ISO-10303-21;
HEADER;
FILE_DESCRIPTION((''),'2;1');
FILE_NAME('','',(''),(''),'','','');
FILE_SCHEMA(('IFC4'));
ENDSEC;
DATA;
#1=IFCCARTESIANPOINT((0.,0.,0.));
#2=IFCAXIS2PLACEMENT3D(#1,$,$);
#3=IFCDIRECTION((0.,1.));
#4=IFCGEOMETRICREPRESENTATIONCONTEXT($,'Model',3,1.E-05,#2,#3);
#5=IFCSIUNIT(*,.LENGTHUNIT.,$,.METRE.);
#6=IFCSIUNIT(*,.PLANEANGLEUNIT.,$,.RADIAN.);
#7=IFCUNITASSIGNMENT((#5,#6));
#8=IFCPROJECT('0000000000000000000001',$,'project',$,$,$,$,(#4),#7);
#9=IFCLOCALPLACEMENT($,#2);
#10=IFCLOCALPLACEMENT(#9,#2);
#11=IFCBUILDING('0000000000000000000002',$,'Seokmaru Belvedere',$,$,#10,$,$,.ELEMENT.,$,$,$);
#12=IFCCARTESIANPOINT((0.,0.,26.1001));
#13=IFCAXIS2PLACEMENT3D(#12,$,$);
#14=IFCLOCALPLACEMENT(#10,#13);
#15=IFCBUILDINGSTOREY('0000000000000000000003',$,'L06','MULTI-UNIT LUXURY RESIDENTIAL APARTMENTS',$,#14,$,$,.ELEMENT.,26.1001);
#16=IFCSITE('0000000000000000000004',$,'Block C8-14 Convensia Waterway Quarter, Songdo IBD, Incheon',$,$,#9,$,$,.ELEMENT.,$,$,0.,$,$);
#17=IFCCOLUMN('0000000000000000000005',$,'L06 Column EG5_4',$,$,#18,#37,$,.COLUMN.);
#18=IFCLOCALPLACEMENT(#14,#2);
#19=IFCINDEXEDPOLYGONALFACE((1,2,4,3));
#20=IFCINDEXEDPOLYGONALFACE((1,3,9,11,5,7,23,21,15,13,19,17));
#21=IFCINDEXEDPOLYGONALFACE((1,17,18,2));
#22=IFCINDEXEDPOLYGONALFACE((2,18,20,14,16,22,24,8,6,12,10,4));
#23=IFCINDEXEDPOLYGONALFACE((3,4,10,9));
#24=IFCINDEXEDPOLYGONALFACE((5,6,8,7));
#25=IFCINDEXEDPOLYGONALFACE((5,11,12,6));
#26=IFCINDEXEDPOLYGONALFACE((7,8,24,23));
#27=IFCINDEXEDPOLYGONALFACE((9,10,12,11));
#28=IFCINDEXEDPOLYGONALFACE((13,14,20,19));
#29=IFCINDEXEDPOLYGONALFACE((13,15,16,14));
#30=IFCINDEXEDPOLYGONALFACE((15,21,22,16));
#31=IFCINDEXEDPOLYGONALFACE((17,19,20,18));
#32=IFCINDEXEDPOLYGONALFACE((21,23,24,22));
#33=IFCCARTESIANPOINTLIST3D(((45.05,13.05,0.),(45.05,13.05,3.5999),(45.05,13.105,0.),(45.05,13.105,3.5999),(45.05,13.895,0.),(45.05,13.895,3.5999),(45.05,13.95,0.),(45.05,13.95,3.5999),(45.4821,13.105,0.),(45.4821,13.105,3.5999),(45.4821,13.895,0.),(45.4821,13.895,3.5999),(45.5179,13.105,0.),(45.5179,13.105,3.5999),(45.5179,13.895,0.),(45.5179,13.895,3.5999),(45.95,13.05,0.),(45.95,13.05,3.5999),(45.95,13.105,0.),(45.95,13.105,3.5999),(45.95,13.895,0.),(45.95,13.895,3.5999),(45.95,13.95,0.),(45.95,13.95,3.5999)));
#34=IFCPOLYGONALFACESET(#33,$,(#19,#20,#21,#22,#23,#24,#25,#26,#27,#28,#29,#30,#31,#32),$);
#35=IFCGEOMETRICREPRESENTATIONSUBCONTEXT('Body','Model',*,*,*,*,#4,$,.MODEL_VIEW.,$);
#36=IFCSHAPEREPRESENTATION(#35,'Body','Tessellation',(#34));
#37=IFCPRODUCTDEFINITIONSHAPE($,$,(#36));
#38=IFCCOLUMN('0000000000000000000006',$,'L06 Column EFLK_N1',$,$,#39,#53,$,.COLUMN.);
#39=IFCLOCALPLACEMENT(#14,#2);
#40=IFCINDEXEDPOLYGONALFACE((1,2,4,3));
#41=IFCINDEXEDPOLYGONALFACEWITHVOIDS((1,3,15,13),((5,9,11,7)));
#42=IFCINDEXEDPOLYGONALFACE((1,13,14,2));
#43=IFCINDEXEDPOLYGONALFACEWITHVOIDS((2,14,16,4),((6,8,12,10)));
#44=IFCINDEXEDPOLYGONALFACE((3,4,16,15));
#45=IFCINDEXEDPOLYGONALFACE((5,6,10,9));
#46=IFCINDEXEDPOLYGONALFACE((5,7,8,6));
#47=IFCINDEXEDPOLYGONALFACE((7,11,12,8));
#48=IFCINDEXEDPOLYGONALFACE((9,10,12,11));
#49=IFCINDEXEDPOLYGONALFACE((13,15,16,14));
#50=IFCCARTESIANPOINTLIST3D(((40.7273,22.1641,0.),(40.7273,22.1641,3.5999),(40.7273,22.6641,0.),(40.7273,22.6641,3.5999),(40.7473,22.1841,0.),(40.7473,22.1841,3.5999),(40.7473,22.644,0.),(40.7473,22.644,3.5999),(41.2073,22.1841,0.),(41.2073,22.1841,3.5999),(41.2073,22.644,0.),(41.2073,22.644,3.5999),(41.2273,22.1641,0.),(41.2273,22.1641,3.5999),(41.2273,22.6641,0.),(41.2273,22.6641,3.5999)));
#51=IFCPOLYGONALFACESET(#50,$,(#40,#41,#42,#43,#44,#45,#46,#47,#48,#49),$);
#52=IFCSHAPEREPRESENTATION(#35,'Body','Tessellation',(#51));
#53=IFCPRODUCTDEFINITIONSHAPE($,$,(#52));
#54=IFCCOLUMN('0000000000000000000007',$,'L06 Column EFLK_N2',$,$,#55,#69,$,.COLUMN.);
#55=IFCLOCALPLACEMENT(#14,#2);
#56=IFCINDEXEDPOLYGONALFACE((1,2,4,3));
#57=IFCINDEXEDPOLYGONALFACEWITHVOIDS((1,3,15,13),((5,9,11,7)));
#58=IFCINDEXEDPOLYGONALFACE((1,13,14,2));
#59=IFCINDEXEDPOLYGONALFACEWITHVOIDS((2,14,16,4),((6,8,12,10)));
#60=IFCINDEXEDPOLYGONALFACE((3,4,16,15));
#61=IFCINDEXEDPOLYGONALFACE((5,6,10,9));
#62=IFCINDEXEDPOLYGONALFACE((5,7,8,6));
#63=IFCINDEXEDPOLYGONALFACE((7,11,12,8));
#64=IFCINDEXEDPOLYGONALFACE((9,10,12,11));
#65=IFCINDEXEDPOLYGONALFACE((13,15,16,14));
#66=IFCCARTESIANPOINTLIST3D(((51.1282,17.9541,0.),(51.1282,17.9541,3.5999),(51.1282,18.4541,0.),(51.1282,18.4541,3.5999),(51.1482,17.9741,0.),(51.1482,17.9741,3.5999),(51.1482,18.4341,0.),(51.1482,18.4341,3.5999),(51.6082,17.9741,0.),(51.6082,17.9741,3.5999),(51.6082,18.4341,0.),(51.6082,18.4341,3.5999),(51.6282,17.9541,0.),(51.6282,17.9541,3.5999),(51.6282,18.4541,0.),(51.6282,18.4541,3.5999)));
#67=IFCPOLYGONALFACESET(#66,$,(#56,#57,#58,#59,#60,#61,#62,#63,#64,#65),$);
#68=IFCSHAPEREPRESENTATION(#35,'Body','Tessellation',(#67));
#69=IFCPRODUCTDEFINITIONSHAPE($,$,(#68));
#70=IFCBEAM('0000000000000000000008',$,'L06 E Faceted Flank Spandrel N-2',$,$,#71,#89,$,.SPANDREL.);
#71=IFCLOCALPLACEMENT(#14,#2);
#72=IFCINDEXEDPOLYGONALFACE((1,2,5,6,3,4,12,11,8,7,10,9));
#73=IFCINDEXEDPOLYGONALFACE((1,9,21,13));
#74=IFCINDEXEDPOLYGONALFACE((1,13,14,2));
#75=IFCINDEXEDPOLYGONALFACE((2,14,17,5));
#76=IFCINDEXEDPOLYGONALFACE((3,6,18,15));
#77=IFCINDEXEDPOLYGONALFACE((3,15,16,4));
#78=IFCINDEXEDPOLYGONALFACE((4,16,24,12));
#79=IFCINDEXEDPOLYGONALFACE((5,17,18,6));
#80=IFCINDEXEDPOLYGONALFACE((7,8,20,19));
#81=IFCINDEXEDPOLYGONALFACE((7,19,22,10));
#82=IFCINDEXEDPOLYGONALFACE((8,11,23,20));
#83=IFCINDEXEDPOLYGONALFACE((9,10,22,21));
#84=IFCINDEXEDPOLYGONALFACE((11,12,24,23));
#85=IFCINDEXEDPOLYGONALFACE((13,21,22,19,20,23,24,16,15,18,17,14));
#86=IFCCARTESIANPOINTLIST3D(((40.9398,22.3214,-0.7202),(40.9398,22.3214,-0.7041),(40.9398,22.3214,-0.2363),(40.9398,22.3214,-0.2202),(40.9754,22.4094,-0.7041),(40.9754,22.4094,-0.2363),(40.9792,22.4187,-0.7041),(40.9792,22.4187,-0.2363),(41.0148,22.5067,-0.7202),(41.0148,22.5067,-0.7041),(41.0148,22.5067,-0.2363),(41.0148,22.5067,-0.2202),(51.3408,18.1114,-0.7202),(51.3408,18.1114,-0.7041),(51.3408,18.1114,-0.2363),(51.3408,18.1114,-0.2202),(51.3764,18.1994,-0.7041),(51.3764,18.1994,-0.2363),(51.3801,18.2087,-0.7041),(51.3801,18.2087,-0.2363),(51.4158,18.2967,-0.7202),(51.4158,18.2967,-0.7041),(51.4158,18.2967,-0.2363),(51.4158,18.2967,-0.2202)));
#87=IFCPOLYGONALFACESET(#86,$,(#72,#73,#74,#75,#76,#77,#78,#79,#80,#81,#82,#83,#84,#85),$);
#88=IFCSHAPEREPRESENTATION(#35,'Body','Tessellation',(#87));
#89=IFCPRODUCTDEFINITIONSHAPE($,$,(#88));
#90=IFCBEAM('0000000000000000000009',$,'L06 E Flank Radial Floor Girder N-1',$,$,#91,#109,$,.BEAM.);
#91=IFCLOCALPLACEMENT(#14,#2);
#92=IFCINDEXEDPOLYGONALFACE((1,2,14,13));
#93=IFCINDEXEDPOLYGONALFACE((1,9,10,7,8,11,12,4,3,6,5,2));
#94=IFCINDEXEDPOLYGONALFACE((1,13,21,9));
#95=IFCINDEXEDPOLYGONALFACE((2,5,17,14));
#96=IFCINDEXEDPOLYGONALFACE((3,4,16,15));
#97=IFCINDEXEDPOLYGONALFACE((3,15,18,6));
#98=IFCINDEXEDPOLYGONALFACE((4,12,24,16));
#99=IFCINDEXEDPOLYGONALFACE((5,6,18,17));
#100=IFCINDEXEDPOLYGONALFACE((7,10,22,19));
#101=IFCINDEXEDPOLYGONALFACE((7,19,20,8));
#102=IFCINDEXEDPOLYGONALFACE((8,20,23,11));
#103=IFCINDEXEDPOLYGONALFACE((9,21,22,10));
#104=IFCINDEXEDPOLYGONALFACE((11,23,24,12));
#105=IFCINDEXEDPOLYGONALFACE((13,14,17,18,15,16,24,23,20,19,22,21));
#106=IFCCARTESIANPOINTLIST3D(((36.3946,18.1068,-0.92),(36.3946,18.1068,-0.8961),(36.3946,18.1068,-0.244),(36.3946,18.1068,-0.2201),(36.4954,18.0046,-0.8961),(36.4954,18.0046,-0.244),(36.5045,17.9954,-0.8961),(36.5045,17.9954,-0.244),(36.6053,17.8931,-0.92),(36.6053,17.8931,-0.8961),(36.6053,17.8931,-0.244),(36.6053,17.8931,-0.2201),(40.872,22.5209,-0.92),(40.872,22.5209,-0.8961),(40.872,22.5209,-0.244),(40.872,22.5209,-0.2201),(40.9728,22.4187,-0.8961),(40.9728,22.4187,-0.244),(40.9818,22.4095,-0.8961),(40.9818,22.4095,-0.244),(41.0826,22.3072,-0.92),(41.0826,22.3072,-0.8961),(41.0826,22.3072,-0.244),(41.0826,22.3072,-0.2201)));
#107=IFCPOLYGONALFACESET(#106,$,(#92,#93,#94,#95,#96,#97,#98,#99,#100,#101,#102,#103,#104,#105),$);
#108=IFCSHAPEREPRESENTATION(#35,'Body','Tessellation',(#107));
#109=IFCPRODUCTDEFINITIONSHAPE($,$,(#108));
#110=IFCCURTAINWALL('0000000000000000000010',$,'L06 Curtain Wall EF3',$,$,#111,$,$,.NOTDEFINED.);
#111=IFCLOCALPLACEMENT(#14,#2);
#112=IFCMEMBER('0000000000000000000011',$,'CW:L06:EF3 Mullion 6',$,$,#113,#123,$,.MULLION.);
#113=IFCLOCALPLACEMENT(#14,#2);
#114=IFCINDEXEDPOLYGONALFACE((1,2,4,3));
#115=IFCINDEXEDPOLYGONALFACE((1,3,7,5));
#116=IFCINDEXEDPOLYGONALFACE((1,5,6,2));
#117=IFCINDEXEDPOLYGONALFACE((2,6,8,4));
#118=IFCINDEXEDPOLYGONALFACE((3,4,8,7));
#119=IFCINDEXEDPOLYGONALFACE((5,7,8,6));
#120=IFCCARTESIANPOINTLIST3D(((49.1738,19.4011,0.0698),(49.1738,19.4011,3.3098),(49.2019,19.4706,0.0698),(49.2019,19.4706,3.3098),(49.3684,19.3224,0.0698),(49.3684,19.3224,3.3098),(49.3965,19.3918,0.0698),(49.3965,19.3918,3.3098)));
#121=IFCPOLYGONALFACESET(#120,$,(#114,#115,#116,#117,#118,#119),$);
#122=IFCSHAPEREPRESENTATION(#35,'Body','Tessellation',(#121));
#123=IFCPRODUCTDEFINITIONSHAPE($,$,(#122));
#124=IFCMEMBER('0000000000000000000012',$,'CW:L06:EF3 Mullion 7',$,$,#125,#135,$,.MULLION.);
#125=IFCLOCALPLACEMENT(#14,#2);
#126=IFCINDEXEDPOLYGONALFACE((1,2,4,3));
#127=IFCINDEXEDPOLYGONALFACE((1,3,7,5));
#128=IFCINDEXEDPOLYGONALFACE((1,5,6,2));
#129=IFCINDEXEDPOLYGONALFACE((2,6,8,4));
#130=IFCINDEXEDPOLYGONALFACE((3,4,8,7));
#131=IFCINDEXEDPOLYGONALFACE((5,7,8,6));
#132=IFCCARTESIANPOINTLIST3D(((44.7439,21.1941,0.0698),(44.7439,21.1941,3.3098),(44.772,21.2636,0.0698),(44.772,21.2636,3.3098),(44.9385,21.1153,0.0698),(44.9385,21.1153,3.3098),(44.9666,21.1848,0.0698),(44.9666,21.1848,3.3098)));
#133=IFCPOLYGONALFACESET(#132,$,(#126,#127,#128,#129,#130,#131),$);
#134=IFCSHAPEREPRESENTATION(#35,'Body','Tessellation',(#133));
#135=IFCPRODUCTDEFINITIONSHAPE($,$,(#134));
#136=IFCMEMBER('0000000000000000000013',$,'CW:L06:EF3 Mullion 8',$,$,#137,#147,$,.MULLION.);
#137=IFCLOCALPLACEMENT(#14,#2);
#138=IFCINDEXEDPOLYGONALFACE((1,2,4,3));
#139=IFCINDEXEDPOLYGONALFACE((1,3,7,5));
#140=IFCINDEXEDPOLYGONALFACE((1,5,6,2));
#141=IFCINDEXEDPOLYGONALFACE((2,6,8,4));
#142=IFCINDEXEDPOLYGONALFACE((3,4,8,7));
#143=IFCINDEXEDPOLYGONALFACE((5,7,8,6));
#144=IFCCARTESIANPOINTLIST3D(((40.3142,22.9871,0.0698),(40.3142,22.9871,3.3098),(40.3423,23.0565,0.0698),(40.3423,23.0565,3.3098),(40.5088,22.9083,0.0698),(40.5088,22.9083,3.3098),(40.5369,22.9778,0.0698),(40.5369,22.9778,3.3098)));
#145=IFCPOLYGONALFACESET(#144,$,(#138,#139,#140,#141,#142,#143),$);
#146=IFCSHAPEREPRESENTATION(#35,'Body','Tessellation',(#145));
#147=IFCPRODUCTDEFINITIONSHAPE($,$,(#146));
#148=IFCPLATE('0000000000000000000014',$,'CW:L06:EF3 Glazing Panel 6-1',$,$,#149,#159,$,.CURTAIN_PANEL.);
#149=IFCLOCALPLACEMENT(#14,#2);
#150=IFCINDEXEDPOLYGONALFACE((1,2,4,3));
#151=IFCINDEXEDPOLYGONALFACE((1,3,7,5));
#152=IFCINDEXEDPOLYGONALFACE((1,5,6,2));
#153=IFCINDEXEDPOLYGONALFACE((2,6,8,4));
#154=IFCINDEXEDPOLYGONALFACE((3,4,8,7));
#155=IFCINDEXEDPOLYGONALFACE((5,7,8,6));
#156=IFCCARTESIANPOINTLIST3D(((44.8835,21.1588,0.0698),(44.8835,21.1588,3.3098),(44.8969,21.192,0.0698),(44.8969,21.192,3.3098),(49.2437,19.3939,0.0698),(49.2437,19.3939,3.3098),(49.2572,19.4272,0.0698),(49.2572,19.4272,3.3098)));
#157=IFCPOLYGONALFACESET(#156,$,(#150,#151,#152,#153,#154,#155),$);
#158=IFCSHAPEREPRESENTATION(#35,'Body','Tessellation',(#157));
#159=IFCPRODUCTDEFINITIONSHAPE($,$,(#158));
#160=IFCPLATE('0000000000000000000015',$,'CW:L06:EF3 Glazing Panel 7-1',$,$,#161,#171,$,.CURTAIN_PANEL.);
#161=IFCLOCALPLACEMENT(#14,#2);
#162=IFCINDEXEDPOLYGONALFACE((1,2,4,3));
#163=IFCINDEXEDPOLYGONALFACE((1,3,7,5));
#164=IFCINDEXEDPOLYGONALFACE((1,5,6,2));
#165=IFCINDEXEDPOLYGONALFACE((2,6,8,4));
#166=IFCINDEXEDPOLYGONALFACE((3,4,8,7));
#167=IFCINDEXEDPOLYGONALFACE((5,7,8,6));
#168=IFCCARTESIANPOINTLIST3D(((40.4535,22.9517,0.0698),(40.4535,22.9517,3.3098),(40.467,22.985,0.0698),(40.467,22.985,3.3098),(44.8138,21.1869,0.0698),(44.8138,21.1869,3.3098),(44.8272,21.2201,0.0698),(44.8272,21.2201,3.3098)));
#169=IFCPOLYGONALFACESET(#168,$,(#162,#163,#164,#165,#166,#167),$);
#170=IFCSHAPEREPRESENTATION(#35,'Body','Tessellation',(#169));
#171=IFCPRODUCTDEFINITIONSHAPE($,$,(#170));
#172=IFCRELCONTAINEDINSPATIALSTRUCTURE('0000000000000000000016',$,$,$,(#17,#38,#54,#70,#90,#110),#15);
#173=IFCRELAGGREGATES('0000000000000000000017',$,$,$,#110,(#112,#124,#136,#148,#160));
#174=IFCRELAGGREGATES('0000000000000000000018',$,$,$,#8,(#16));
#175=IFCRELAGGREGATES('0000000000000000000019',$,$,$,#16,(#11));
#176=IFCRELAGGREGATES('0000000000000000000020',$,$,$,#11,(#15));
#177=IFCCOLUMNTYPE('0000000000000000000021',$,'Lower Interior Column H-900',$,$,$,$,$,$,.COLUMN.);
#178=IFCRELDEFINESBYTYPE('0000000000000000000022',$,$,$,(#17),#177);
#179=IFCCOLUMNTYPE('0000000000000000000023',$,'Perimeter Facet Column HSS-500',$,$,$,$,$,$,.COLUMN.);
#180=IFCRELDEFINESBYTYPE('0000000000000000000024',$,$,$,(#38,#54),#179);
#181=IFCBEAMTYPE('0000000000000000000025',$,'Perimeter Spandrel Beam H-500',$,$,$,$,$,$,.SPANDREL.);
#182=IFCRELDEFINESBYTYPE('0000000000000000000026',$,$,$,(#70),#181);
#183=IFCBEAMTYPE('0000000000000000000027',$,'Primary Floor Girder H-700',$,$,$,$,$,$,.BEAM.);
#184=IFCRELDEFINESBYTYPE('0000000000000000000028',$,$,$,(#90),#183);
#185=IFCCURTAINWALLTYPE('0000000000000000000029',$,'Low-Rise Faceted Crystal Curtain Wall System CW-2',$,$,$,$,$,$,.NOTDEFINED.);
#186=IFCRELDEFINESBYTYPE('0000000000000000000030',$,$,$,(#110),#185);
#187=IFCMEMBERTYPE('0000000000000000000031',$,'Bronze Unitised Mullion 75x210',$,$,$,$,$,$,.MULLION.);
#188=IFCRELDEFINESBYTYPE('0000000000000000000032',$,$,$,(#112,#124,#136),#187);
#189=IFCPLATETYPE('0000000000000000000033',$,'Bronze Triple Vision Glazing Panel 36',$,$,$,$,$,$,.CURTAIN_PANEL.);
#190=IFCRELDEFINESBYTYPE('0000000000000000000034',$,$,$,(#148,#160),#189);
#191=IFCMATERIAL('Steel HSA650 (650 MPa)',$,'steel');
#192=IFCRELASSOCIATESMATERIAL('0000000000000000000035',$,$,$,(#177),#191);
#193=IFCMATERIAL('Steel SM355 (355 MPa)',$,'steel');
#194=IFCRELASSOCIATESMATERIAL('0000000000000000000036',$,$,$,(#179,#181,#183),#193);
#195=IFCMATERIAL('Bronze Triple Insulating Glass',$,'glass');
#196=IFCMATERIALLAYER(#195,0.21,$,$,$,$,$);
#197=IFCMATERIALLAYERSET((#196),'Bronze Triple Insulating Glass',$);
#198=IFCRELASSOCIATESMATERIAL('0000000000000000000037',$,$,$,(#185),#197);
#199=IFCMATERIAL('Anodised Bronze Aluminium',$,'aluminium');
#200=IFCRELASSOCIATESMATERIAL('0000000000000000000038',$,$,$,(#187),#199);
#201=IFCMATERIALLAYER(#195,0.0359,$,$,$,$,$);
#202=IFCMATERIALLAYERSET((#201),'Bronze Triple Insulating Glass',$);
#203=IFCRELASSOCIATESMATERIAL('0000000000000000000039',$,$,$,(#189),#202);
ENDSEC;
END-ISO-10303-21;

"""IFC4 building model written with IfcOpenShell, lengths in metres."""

from ifc_helpers import new_model, si_unit, direction, frame, origin, origin_2d, place, context, subcontext, project, spatial, rectangle, hollow_rectangle, i_section, extrude, source, transform, mapped, material, layer, layer_set, material_profile, profile_set, type_object, type_shapes, element, aggregate, save


model = new_model("IFC4")

# Units and contexts
model_context = context("Model", 3, precision=1e-05, world=origin(), true_north=direction((0.0, 1.0)))
body_context = subcontext(model_context, "Body", "Model", "MODEL_VIEW")
ifc_project = project(units=[si_unit("LENGTHUNIT", "METRE"), si_unit("PLANEANGLEUNIT", "RADIAN")], contexts=[model_context])

# Site, building, storey
site_placement = place(None, origin())
site = spatial("IfcSite", under=ifc_project, at=site_placement, Name="Block C8-14 Convensia Waterway Quarter, Songdo IBD, Incheon", CompositionType="ELEMENT", RefElevation=0.0)
building_placement = place(site_placement, origin())
building = spatial("IfcBuilding", under=site, at=building_placement, Name="Seokmaru Belvedere", CompositionType="ELEMENT")
storey_placement = place(building_placement, frame((0.0, 0.0, 26.1001)))
storey = spatial("IfcBuildingStorey", under=building, at=storey_placement, Name="L06", Description="MULTI-UNIT LUXURY RESIDENTIAL APARTMENTS", CompositionType="ELEMENT", Elevation=26.1001)

# Columns
ifc_material_1 = material(Name="Steel HSA650 (650 MPa)", Category="steel")
ifc_material_profile_1 = material_profile(ifc_material_1, i_section(OverallWidth=0.8999, OverallDepth=0.8999, WebThickness=0.0359, FlangeThickness=0.0549, at=origin_2d()), Name="H-900x900x36x55")
ifc_profile_set_1 = profile_set([ifc_material_profile_1], Name="Steel HSA650 (650 MPa)")
column_type_1 = type_object("IfcColumnType", Name="Lower Interior Column H-900", PredefinedType="COLUMN", material=ifc_profile_set_1)
shared_shape_1 = source(origin(), body_context, "Body", "SweptSolid", [
    extrude(i_section(OverallWidth=0.8999, OverallDepth=0.8999, WebThickness=0.0359, FlangeThickness=0.0549, at=origin_2d()), origin(), (0.0, 0.0, 1.0), 3.5999),
])
type_shapes(column_type_1, [shared_shape_1])
column_placement = place(storey_placement, frame((45.5, 13.5, 0.0), z_axis=(0.0, 0.0, 1.0), x_axis=(1.0, 0.0, 0.0)))
element("IfcColumn", 1, at=column_placement, inside=storey, type_object=column_type_1, Name="L06 Column EG5_4", PredefinedType="COLUMN", context=body_context, shape_type="MappedRepresentation", body=[
    mapped(shared_shape_1, transform((0.0, 0.0, 0.0), scale=1.0)),
])
ifc_material_2 = material(Name="Steel SM355 (355 MPa)", Category="steel")
ifc_material_profile_2 = material_profile(ifc_material_2, hollow_rectangle(XDim=0.5, YDim=0.5, WallThickness=0.02, at=origin_2d()), Name="HSS-500x500x20")
ifc_profile_set_2 = profile_set([ifc_material_profile_2], Name="Steel SM355 (355 MPa)")
column_type_2 = type_object("IfcColumnType", Name="Perimeter Facet Column HSS-500", PredefinedType="COLUMN", material=ifc_profile_set_2)
shared_shape_2 = source(origin(), body_context, "Body", "SweptSolid", [
    extrude(hollow_rectangle(XDim=0.5, YDim=0.5, WallThickness=0.02, at=origin_2d()), origin(), (0.0, 0.0, 1.0), 3.5999),
])
type_shapes(column_type_2, [shared_shape_2])
for number, where, z_axis, x_axis, name in (
    (2, (40.9773, 22.4141, 0.0), (0.0, 0.0, 1.0), (1.0, 0.0, 0.0), "L06 Column EFLK_N1"),
    (3, (51.3782, 18.2041, 0.0), (0.0, 0.0, 1.0), (1.0, 0.0, 0.0), "L06 Column EFLK_N2"),
):
    element("IfcColumn", number, at=place(storey_placement, frame(where, z_axis=z_axis, x_axis=x_axis)), inside=storey, type_object=column_type_2, Name=name, PredefinedType="COLUMN", context=body_context, shape_type="MappedRepresentation", body=[
        mapped(shared_shape_2, transform((0.0, 0.0, 0.0), scale=1.0)),
    ])

# Beams
ifc_material_profile_3 = material_profile(ifc_material_2, i_section(OverallWidth=0.2, OverallDepth=0.5, WebThickness=0.01, FlangeThickness=0.0161, at=origin_2d()), Name="H-500x200x10x16")
ifc_profile_set_3 = profile_set([ifc_material_profile_3], Name="Steel SM355 (355 MPa)")
beam_type_1 = type_object("IfcBeamType", Name="Perimeter Spandrel Beam H-500", PredefinedType="SPANDREL", material=ifc_profile_set_3)
shared_shape_3 = source(origin(), body_context, "Body", "SweptSolid", [
    extrude(i_section(OverallWidth=0.2, OverallDepth=0.5, WebThickness=0.01, FlangeThickness=0.0161, at=origin_2d()), origin(), (0.0, 0.0, 1.0), 11.2207),
])
type_shapes(beam_type_1, [shared_shape_3])
beam_1_placement = place(storey_placement, frame((40.9773, 22.4141, -0.4702), z_axis=(0.926944, -0.375199, 0.0), x_axis=(0.375199, 0.926944, 0.0)))
element("IfcBeam", 4, at=beam_1_placement, inside=storey, type_object=beam_type_1, Name="L06 E Faceted Flank Spandrel N-2", PredefinedType="SPANDREL", context=body_context, shape_type="MappedRepresentation", body=[
    mapped(shared_shape_3, transform((0.0, 0.0, 0.0), scale=1.0)),
])
ifc_material_profile_4 = material_profile(ifc_material_2, i_section(OverallWidth=0.3, OverallDepth=0.7, WebThickness=0.0129, FlangeThickness=0.0239, at=origin_2d()), Name="H-700x300x13x24")
ifc_profile_set_4 = profile_set([ifc_material_profile_4], Name="Steel SM355 (355 MPa)")
beam_type_2 = type_object("IfcBeamType", Name="Primary Floor Girder H-700", PredefinedType="BEAM", material=ifc_profile_set_4)
shared_shape_4 = source(origin(), body_context, "Body", "SweptSolid", [
    extrude(i_section(OverallWidth=0.3, OverallDepth=0.7, WebThickness=0.0129, FlangeThickness=0.0239, at=origin_2d()), origin(), (0.0, 0.0, 1.0), 6.2874),
])
type_shapes(beam_type_2, [shared_shape_4])
beam_2_placement = place(storey_placement, frame((40.9773, 22.4141, -0.5701), z_axis=(-0.712117, -0.70206, 0.0), x_axis=(0.70206, -0.712117, 0.0)))
element("IfcBeam", 5, at=beam_2_placement, inside=storey, type_object=beam_type_2, Name="L06 E Flank Radial Floor Girder N-1", PredefinedType="BEAM", context=body_context, shape_type="MappedRepresentation", body=[
    mapped(shared_shape_4, transform((0.0, 0.0, 0.0), scale=1.0)),
])

# Curtain wall, members, plates
ifc_material_3 = material(Name="Bronze Triple Insulating Glass", Category="glass")
ifc_layer_1 = layer(ifc_material_3, 0.21)
ifc_layer_set_1 = layer_set([ifc_layer_1], Name="Bronze Triple Insulating Glass")
curtain_wall_type = type_object("IfcCurtainWallType", Name="Low-Rise Faceted Crystal Curtain Wall System CW-2", PredefinedType="NOTDEFINED", material=ifc_layer_set_1)
curtain_wall_placement = place(storey_placement, origin())
curtain_wall = element("IfcCurtainWall", 6, at=curtain_wall_placement, inside=storey, type_object=curtain_wall_type, Name="L06 Curtain Wall EF3", PredefinedType="NOTDEFINED")
ifc_material_4 = material(Name="Anodised Bronze Aluminium", Category="aluminium")
ifc_material_profile_5 = material_profile(ifc_material_4, rectangle(XDim=0.075, YDim=0.21, at=origin_2d()), Name="CW-M-75x210")
ifc_profile_set_5 = profile_set([ifc_material_profile_5], Name="Anodised Bronze Aluminium")
member_type = type_object("IfcMemberType", Name="Bronze Unitised Mullion 75x210", PredefinedType="MULLION", material=ifc_profile_set_5)
shared_shape_5 = source(origin(), body_context, "Body", "SweptSolid", [
    extrude(rectangle(XDim=0.075, YDim=0.21, at=origin_2d()), origin(), (0.0, 0.0, 1.0), 3.24),
])
type_shapes(member_type, [shared_shape_5])
member_1_placement = place(storey_placement, frame((49.2852, 19.3965, 0.0698), z_axis=(0.0, 0.0, 1.0), x_axis=(-0.375192, -0.926947, 0.0)))
member_1 = element("IfcMember", 7, at=member_1_placement, type_object=member_type, Name="CW:L06:EF3 Mullion 6", PredefinedType="MULLION", context=body_context, shape_type="MappedRepresentation", body=[
    mapped(shared_shape_5, transform((0.0, 0.0, 0.0), scale=1.0)),
])
member_2_placement = place(storey_placement, frame((44.8552, 21.1895, 0.0698), z_axis=(0.0, 0.0, 1.0), x_axis=(-0.375192, -0.926947, 0.0)))
member_2 = element("IfcMember", 8, at=member_2_placement, type_object=member_type, Name="CW:L06:EF3 Mullion 7", PredefinedType="MULLION", context=body_context, shape_type="MappedRepresentation", body=[
    mapped(shared_shape_5, transform((0.0, 0.0, 0.0), scale=1.0)),
])
member_3_placement = place(storey_placement, frame((40.4255, 22.9824, 0.0698), z_axis=(0.0, 0.0, 1.0), x_axis=(-0.375192, -0.926947, 0.0)))
member_3 = element("IfcMember", 9, at=member_3_placement, type_object=member_type, Name="CW:L06:EF3 Mullion 8", PredefinedType="MULLION", context=body_context, shape_type="MappedRepresentation", body=[
    mapped(shared_shape_5, transform((0.0, 0.0, 0.0), scale=1.0)),
])
ifc_layer_2 = layer(ifc_material_3, 0.0359)
ifc_layer_set_2 = layer_set([ifc_layer_2], Name="Bronze Triple Insulating Glass")
plate_type = type_object("IfcPlateType", Name="Bronze Triple Vision Glazing Panel 36", PredefinedType="CURTAIN_PANEL", material=ifc_layer_set_2)
shared_shape_6 = source(origin(), body_context, "Body", "SweptSolid", [
    extrude(rectangle(XDim=4.7039, YDim=0.0359, at=origin_2d()), origin(), (0.0, 0.0, 1.0), 3.24),
])
type_shapes(plate_type, [shared_shape_6])
plate_1_placement = place(storey_placement, frame((47.0703, 20.293, 0.0698), z_axis=(0.0, 0.0, 1.0), x_axis=(-0.926947, 0.375192, 0.0)))
plate_1 = element("IfcPlate", 10, at=plate_1_placement, type_object=plate_type, Name="CW:L06:EF3 Glazing Panel 6-1", PredefinedType="CURTAIN_PANEL", context=body_context, shape_type="MappedRepresentation", body=[
    mapped(shared_shape_6, transform((0.0, 0.0, 0.0), scale=1.0)),
])
plate_2_placement = place(storey_placement, frame((42.6404, 22.0859, 0.0698), z_axis=(0.0, 0.0, 1.0), x_axis=(-0.926947, 0.375192, 0.0)))
plate_2 = element("IfcPlate", 11, at=plate_2_placement, type_object=plate_type, Name="CW:L06:EF3 Glazing Panel 7-1", PredefinedType="CURTAIN_PANEL", context=body_context, shape_type="MappedRepresentation", body=[
    mapped(shared_shape_6, transform((0.0, 0.0, 0.0), scale=1.0)),
])
aggregate(curtain_wall, [member_1, member_2, member_3, plate_1, plate_2])

save(model, "model.ifc")
